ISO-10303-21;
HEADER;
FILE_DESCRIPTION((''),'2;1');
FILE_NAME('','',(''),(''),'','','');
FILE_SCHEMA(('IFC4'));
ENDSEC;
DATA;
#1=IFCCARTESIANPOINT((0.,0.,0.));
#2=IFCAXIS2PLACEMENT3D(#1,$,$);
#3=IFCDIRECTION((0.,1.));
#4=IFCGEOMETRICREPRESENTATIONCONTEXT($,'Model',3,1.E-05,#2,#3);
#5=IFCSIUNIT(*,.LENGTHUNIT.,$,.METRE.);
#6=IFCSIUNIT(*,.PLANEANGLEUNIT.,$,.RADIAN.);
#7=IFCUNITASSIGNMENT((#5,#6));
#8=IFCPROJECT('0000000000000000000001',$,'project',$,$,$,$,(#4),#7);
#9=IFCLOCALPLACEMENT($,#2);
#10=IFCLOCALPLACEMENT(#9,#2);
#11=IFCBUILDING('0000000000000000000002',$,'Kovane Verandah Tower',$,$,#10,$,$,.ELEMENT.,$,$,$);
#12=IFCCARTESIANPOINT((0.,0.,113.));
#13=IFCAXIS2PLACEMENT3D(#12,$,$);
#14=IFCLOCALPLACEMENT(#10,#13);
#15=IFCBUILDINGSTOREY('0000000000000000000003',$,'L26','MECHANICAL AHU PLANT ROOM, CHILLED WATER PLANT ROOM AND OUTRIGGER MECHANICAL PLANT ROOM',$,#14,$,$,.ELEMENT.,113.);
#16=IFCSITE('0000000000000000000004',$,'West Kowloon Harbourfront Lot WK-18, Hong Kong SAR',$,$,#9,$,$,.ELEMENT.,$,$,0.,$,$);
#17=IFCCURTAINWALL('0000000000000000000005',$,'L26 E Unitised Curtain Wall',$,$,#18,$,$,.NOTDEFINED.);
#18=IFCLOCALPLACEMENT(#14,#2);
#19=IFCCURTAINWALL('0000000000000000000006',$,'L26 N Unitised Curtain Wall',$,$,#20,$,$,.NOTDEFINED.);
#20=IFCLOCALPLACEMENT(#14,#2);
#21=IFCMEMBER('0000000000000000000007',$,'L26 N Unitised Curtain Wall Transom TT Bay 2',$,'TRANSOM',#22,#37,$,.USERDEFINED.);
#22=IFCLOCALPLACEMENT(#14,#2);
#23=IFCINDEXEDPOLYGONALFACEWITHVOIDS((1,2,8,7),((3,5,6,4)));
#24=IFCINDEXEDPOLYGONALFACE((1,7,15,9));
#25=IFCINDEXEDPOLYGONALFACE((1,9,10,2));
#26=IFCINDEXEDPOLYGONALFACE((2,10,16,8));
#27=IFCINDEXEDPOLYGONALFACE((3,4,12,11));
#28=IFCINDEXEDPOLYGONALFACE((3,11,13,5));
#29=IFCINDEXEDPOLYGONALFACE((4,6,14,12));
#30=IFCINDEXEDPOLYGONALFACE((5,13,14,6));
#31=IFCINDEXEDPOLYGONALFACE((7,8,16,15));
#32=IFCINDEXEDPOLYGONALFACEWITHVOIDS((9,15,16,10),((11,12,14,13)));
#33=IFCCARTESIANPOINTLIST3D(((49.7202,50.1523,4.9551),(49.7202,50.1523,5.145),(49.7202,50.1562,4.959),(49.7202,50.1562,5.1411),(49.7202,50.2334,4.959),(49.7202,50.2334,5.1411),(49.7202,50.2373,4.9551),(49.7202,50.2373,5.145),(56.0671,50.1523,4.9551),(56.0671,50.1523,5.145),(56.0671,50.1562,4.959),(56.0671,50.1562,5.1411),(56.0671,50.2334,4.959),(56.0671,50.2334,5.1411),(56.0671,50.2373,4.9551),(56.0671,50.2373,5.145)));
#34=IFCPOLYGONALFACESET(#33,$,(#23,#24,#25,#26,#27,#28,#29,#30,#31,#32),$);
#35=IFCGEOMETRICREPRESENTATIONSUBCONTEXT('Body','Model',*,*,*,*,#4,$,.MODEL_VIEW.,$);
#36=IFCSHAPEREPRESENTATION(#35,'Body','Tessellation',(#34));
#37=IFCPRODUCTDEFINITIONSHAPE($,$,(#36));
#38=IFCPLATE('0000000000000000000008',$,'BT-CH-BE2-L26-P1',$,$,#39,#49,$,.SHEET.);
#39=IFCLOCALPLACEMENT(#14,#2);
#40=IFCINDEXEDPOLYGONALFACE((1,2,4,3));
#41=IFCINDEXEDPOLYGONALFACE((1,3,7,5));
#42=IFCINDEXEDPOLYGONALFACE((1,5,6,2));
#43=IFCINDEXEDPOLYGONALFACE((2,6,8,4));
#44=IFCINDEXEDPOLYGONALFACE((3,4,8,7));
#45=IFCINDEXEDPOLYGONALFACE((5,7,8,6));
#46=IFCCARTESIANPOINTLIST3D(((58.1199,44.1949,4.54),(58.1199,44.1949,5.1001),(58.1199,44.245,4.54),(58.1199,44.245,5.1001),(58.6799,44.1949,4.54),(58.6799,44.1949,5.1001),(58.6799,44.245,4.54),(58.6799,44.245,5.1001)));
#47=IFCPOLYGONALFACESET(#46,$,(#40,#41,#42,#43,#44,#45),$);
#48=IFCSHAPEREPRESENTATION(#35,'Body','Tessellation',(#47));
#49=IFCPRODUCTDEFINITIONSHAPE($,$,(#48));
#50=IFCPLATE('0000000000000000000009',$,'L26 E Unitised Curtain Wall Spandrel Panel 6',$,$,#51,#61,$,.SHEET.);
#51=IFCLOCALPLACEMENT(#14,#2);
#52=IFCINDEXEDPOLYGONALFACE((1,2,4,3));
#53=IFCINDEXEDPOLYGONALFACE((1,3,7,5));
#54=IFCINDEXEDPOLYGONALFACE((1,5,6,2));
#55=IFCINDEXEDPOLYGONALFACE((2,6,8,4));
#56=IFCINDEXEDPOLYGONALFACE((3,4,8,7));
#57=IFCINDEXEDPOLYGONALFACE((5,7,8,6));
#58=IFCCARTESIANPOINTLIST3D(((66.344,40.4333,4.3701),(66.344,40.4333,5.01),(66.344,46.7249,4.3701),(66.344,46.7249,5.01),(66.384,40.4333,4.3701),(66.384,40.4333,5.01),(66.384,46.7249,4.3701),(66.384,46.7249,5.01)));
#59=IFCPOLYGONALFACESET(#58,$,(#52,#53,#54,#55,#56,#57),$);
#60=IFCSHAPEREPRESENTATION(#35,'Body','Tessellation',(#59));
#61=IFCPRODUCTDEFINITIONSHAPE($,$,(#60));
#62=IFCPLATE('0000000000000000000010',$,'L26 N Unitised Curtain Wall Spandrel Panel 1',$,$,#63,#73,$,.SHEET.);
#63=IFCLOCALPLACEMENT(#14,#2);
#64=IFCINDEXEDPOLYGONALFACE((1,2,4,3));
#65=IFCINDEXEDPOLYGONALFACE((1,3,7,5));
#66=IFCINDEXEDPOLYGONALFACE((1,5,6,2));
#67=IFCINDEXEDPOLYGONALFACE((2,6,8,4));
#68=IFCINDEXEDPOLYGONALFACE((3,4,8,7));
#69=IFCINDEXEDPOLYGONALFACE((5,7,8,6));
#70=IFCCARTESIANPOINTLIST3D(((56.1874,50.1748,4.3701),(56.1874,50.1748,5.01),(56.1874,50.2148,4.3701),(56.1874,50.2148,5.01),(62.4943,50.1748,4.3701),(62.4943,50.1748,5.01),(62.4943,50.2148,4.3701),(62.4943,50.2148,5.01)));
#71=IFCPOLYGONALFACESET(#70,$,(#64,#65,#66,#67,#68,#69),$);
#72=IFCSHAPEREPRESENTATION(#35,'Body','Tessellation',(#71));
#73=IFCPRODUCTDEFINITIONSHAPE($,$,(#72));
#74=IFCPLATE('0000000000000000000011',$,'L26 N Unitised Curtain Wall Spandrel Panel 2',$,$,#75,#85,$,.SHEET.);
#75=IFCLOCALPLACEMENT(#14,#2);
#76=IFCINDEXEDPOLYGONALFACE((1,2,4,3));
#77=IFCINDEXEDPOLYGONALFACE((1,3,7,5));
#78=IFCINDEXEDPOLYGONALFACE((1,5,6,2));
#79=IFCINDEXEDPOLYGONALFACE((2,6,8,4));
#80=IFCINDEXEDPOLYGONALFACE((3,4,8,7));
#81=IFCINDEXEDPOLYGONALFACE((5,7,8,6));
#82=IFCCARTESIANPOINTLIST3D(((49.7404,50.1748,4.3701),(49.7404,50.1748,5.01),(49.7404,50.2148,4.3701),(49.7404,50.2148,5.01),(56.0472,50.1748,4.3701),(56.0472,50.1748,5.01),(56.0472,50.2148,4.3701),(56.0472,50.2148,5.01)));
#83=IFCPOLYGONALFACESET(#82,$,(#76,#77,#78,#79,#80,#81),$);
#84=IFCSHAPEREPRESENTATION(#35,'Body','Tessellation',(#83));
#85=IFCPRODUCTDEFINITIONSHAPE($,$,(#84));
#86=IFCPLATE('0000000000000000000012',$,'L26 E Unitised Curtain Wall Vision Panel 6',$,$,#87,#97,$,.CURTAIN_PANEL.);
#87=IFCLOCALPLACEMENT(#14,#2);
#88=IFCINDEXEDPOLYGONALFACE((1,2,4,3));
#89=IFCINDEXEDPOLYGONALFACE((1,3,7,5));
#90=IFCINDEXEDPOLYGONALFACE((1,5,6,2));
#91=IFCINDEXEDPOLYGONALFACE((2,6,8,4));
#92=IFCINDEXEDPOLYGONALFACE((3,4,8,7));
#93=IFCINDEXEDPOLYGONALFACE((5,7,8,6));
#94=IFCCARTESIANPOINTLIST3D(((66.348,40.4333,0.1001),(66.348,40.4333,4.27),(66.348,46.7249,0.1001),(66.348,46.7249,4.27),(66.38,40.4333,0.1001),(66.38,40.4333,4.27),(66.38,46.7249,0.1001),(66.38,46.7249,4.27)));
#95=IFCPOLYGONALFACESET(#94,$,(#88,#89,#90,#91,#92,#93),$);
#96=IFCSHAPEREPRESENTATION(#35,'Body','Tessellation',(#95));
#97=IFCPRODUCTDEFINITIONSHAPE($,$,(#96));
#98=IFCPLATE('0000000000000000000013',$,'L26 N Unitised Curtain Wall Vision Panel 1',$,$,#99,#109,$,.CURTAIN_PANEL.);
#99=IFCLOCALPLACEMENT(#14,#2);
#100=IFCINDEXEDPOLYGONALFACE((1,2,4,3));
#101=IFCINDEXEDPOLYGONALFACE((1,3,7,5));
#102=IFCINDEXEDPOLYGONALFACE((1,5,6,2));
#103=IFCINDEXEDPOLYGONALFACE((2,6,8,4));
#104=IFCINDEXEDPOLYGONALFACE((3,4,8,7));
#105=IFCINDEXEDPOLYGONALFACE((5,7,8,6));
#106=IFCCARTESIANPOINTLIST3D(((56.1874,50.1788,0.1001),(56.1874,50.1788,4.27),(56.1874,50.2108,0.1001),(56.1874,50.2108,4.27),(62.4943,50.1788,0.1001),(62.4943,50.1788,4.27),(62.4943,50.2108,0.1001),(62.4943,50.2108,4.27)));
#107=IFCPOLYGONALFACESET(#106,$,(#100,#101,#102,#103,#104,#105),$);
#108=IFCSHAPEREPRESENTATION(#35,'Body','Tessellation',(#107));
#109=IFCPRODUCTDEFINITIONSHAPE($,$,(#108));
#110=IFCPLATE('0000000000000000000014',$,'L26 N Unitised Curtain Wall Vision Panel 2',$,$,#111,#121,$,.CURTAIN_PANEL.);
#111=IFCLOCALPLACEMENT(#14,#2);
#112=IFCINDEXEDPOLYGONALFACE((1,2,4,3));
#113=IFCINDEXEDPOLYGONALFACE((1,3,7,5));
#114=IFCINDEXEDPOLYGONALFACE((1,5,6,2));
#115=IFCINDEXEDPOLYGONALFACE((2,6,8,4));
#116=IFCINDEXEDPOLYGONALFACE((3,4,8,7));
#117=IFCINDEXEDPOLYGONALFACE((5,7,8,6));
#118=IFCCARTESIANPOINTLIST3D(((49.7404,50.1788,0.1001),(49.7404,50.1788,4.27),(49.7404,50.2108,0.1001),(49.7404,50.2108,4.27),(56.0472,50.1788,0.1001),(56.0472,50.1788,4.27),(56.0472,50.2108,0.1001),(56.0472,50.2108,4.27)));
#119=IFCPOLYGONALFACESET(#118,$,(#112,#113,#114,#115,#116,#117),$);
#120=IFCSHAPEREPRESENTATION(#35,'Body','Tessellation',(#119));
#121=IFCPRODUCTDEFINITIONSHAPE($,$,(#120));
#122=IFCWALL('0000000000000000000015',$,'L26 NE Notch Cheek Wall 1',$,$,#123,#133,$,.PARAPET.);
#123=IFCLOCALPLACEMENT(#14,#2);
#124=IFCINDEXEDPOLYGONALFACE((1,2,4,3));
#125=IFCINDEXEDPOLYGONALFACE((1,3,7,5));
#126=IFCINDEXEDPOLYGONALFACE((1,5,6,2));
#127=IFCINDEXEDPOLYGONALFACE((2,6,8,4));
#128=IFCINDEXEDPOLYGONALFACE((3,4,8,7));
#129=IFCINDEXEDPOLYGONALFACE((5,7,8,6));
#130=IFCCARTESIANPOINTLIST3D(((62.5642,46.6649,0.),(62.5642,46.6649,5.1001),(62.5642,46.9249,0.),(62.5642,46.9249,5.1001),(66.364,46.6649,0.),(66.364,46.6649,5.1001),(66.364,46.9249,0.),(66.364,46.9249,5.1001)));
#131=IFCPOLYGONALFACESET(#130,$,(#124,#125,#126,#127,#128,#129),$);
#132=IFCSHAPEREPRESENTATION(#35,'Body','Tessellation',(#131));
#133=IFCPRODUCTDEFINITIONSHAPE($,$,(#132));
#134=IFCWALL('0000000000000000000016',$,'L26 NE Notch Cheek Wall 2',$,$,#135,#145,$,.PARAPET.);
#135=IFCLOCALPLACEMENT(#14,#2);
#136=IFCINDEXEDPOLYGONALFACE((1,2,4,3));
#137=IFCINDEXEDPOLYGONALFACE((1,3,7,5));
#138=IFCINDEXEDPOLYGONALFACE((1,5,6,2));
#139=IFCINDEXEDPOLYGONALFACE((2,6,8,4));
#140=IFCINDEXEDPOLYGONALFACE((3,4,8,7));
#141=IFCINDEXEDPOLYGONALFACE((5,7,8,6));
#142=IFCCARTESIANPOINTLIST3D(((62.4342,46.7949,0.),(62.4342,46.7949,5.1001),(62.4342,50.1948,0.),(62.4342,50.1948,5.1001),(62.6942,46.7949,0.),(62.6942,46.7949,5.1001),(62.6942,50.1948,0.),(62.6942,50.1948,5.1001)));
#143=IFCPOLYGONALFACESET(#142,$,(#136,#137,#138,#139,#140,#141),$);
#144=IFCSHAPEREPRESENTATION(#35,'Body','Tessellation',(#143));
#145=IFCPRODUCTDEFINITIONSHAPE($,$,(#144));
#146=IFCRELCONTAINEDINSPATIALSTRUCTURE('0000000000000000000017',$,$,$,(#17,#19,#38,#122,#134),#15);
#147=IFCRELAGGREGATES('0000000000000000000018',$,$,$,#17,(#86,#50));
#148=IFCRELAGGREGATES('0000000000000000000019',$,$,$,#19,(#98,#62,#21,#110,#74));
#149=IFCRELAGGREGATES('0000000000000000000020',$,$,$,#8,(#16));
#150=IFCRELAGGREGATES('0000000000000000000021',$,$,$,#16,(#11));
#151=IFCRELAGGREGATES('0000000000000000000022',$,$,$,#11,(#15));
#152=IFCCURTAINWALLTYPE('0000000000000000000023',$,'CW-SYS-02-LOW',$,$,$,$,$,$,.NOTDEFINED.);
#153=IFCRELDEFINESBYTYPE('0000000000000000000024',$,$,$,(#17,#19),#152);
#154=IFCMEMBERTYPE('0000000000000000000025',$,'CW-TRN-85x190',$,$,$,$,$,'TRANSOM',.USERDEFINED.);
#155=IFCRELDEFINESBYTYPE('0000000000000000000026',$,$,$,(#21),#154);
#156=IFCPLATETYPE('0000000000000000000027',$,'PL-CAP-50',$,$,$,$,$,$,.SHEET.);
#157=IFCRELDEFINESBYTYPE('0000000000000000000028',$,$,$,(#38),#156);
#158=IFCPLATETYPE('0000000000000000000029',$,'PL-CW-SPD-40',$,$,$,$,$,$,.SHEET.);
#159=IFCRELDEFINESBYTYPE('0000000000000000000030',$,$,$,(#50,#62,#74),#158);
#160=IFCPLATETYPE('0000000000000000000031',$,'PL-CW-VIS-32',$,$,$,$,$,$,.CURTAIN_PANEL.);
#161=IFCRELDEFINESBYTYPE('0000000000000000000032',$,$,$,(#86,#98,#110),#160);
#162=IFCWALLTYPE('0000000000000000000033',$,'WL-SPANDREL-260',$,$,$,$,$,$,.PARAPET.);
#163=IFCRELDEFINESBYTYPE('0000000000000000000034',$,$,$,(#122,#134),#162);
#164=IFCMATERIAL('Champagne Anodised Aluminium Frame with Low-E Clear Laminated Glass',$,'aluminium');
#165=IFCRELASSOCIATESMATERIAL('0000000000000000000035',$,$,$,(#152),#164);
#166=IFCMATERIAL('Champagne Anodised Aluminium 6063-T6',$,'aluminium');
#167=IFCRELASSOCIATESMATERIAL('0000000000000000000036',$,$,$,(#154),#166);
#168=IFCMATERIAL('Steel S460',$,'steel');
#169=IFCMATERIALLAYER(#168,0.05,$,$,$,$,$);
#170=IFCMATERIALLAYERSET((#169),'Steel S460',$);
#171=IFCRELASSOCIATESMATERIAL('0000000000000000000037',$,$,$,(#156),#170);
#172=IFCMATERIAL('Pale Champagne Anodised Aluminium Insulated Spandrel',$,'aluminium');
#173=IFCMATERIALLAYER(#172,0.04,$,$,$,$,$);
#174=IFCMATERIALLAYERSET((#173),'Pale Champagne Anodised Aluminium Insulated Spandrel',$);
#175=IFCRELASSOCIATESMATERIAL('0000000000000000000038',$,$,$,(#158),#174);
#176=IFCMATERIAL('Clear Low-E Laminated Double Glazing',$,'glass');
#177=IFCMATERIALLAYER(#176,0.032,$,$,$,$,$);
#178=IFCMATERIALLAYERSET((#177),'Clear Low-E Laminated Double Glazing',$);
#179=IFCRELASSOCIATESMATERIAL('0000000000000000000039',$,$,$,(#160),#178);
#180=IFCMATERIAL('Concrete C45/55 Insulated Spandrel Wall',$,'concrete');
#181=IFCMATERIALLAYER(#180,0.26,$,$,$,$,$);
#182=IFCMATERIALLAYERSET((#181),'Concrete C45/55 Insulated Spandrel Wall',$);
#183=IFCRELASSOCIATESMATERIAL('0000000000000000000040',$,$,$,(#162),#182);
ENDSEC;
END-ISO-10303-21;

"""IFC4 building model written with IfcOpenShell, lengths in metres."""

from ifc_helpers import new_model, si_unit, direction, frame, frame_2d, origin, origin_2d, place, context, subcontext, project, spatial, rectangle, hollow_rectangle, extrude, material, layer, layer_set, material_profile, profile_set, type_object, element, aggregate, save


model = new_model("IFC4")

# Units and contexts
model_context = context("Model", 3, precision=1e-05, world=origin(), true_north=direction((0.0, 1.0)))
body_context = subcontext(model_context, "Body", "Model", "MODEL_VIEW")
ifc_project = project(units=[si_unit("LENGTHUNIT", "METRE"), si_unit("PLANEANGLEUNIT", "RADIAN")], contexts=[model_context])

# Site, building, storey
site_placement = place(None, origin())
site = spatial("IfcSite", under=ifc_project, at=site_placement, Name="West Kowloon Harbourfront Lot WK-18, Hong Kong SAR", CompositionType="ELEMENT", RefElevation=0.0)
building_placement = place(site_placement, origin())
building = spatial("IfcBuilding", under=site, at=building_placement, Name="Kovane Verandah Tower", CompositionType="ELEMENT")
storey_placement = place(building_placement, frame((0.0, 0.0, 113.0)))
storey = spatial("IfcBuildingStorey", under=building, at=storey_placement, Name="L26", Description="MECHANICAL AHU PLANT ROOM, CHILLED WATER PLANT ROOM AND OUTRIGGER MECHANICAL PLANT ROOM", CompositionType="ELEMENT", Elevation=113.0)

# Shared definitions
ifc_material_1 = material(Name="Steel S460", Category="steel")

# Curtain walls
ifc_material_2 = material(Name="Champagne Anodised Aluminium Frame with Low-E Clear Laminated Glass", Category="aluminium")
curtain_wall_type = type_object("IfcCurtainWallType", Name="CW-SYS-02-LOW", PredefinedType="NOTDEFINED", material=ifc_material_2)
curtain_wall_1_placement = place(storey_placement, origin())
curtain_wall_1 = element("IfcCurtainWall", 1, at=curtain_wall_1_placement, inside=storey, type_object=curtain_wall_type, Name="L26 E Unitised Curtain Wall", PredefinedType="NOTDEFINED")
ifc_material_3 = material(Name="Champagne Anodised Aluminium 6063-T6", Category="aluminium")
curtain_wall_2_placement = place(storey_placement, origin())
curtain_wall_2 = element("IfcCurtainWall", 2, at=curtain_wall_2_placement, inside=storey, type_object=curtain_wall_type, Name="L26 N Unitised Curtain Wall", PredefinedType="NOTDEFINED")

# Member
ifc_material_profile_1 = material_profile(ifc_material_3, hollow_rectangle(XDim=0.085, YDim=0.1899, WallThickness=0.0039, at=origin_2d()), Name="AL85x190x4")
ifc_profile_set_1 = profile_set([ifc_material_profile_1], Name="Champagne Anodised Aluminium 6063-T6")
member_type_1 = type_object("IfcMemberType", Name="CW-TRN-85x190", ElementType="TRANSOM", PredefinedType="USERDEFINED", material=ifc_profile_set_1)
member_1_placement = place(storey_placement, frame((56.0671, 50.1948, 5.05), z_axis=(-1.0, 0.0, 0.0), x_axis=(0.0, -1.0, 0.0)))
member_1 = element("IfcMember", 3, at=member_1_placement, type_object=member_type_1, Name="L26 N Unitised Curtain Wall Transom TT Bay 2", ObjectType="TRANSOM", PredefinedType="USERDEFINED", context=body_context, shape_type="SweptSolid", body=[
    extrude(hollow_rectangle(XDim=0.085, YDim=0.1899, WallThickness=0.0039, at=origin_2d()), origin(), (0.0, 0.0, 1.0), 6.3469),
])

# Plates
ifc_layer_1 = layer(ifc_material_1, 0.05)
ifc_layer_set_1 = layer_set([ifc_layer_1], Name="Steel S460")
plate_type_1 = type_object("IfcPlateType", Name="PL-CAP-50", PredefinedType="SHEET", material=ifc_layer_set_1)
plate_1_placement = place(storey_placement, frame((58.3999, 44.22, 4.54), z_axis=(0.0, 0.0, 1.0), x_axis=(0.0, 1.0, 0.0)))
element("IfcPlate", 4, at=plate_1_placement, inside=storey, type_object=plate_type_1, Name="BT-CH-BE2-L26-P1", PredefinedType="SHEET", context=body_context, shape_type="SweptSolid", body=[
    extrude(rectangle(XDim=0.05, YDim=0.5601, at=origin_2d()), origin(), (0.0, 0.0, 1.0), 0.5601),
])
ifc_material_4 = material(Name="Pale Champagne Anodised Aluminium Insulated Spandrel", Category="aluminium")
ifc_layer_2 = layer(ifc_material_4, 0.04)
ifc_layer_set_2 = layer_set([ifc_layer_2], Name="Pale Champagne Anodised Aluminium Insulated Spandrel")
plate_type_2 = type_object("IfcPlateType", Name="PL-CW-SPD-40", PredefinedType="SHEET", material=ifc_layer_set_2)
plate_2_placement = place(storey_placement, frame((66.364, 43.5791, 4.3701), z_axis=(0.0, 0.0, 1.0), x_axis=(0.0, 1.0, 0.0)))
plate_2 = element("IfcPlate", 5, at=plate_2_placement, type_object=plate_type_2, Name="L26 E Unitised Curtain Wall Spandrel Panel 6", PredefinedType="SHEET", context=body_context, shape_type="SweptSolid", body=[
    extrude(rectangle(XDim=6.2915, YDim=0.04, at=origin_2d()), origin(), (0.0, 0.0, 1.0), 0.6399),
])
plate_3_placement = place(storey_placement, frame((59.3408, 50.1948, 4.3701), z_axis=(0.0, 0.0, 1.0), x_axis=(-1.0, 0.0, 0.0)))
plate_3 = element("IfcPlate", 6, at=plate_3_placement, type_object=plate_type_2, Name="L26 N Unitised Curtain Wall Spandrel Panel 1", PredefinedType="SHEET", context=body_context, shape_type="SweptSolid", body=[
    extrude(rectangle(XDim=6.3069, YDim=0.04, at=origin_2d()), origin(), (0.0, 0.0, 1.0), 0.6399),
])
plate_4_placement = place(storey_placement, frame((52.8938, 50.1948, 4.3701), z_axis=(0.0, 0.0, 1.0), x_axis=(-1.0, 0.0, 0.0)))
plate_4 = element("IfcPlate", 7, at=plate_4_placement, type_object=plate_type_2, Name="L26 N Unitised Curtain Wall Spandrel Panel 2", PredefinedType="SHEET", context=body_context, shape_type="SweptSolid", body=[
    extrude(rectangle(XDim=6.3069, YDim=0.04, at=origin_2d()), origin(), (0.0, 0.0, 1.0), 0.6399),
])
ifc_material_5 = material(Name="Clear Low-E Laminated Double Glazing", Category="glass")
ifc_layer_3 = layer(ifc_material_5, 0.032)
ifc_layer_set_3 = layer_set([ifc_layer_3], Name="Clear Low-E Laminated Double Glazing")
plate_type_3 = type_object("IfcPlateType", Name="PL-CW-VIS-32", PredefinedType="CURTAIN_PANEL", material=ifc_layer_set_3)
plate_5_placement = place(storey_placement, frame((66.364, 43.5791, 0.1001), z_axis=(0.0, 0.0, 1.0), x_axis=(0.0, 1.0, 0.0)))
plate_5 = element("IfcPlate", 8, at=plate_5_placement, type_object=plate_type_3, Name="L26 E Unitised Curtain Wall Vision Panel 6", PredefinedType="CURTAIN_PANEL", context=body_context, shape_type="SweptSolid", body=[
    extrude(rectangle(XDim=6.2915, YDim=0.032, at=origin_2d()), origin(), (0.0, 0.0, 1.0), 4.1699),
])
aggregate(curtain_wall_1, [plate_5, plate_2])
plate_6_placement = place(storey_placement, frame((59.3408, 50.1948, 0.1001), z_axis=(0.0, 0.0, 1.0), x_axis=(-1.0, 0.0, 0.0)))
plate_6 = element("IfcPlate", 9, at=plate_6_placement, type_object=plate_type_3, Name="L26 N Unitised Curtain Wall Vision Panel 1", PredefinedType="CURTAIN_PANEL", context=body_context, shape_type="SweptSolid", body=[
    extrude(rectangle(XDim=6.3069, YDim=0.032, at=origin_2d()), origin(), (0.0, 0.0, 1.0), 4.1699),
])
plate_7_placement = place(storey_placement, frame((52.8938, 50.1948, 0.1001), z_axis=(0.0, 0.0, 1.0), x_axis=(-1.0, 0.0, 0.0)))
plate_7 = element("IfcPlate", 10, at=plate_7_placement, type_object=plate_type_3, Name="L26 N Unitised Curtain Wall Vision Panel 2", PredefinedType="CURTAIN_PANEL", context=body_context, shape_type="SweptSolid", body=[
    extrude(rectangle(XDim=6.3069, YDim=0.032, at=origin_2d()), origin(), (0.0, 0.0, 1.0), 4.1699),
])
aggregate(curtain_wall_2, [plate_6, plate_3, member_1, plate_7, plate_4])

# Walls
ifc_material_6 = material(Name="Concrete C45/55 Insulated Spandrel Wall", Category="concrete")
ifc_layer_4 = layer(ifc_material_6, 0.26)
ifc_layer_set_4 = layer_set([ifc_layer_4], Name="Concrete C45/55 Insulated Spandrel Wall")
wall_type = type_object("IfcWallType", Name="WL-SPANDREL-260", PredefinedType="PARAPET", material=ifc_layer_set_4)
wall_1_placement = place(storey_placement, frame((66.364, 46.7949, 0.0), z_axis=(0.0, 0.0, 1.0), x_axis=(-1.0, 0.0, 0.0)))
element("IfcWall", 11, at=wall_1_placement, inside=storey, type_object=wall_type, Name="L26 NE Notch Cheek Wall 1", PredefinedType="PARAPET", context=body_context, shape_type="SweptSolid", body=[
    extrude(rectangle(XDim=3.7998, YDim=0.26, at=frame_2d((1.8999, 0.0))), origin(), (0.0, 0.0, 1.0), 5.1001),
])
wall_2_placement = place(storey_placement, frame((62.5642, 46.7949, 0.0), z_axis=(0.0, 0.0, 1.0), x_axis=(0.0, 1.0, 0.0)))
element("IfcWall", 12, at=wall_2_placement, inside=storey, type_object=wall_type, Name="L26 NE Notch Cheek Wall 2", PredefinedType="PARAPET", context=body_context, shape_type="SweptSolid", body=[
    extrude(rectangle(XDim=3.3999, YDim=0.26, at=frame_2d((1.7, 0.0))), origin(), (0.0, 0.0, 1.0), 5.1001),
])

save(model, "model.ifc")
